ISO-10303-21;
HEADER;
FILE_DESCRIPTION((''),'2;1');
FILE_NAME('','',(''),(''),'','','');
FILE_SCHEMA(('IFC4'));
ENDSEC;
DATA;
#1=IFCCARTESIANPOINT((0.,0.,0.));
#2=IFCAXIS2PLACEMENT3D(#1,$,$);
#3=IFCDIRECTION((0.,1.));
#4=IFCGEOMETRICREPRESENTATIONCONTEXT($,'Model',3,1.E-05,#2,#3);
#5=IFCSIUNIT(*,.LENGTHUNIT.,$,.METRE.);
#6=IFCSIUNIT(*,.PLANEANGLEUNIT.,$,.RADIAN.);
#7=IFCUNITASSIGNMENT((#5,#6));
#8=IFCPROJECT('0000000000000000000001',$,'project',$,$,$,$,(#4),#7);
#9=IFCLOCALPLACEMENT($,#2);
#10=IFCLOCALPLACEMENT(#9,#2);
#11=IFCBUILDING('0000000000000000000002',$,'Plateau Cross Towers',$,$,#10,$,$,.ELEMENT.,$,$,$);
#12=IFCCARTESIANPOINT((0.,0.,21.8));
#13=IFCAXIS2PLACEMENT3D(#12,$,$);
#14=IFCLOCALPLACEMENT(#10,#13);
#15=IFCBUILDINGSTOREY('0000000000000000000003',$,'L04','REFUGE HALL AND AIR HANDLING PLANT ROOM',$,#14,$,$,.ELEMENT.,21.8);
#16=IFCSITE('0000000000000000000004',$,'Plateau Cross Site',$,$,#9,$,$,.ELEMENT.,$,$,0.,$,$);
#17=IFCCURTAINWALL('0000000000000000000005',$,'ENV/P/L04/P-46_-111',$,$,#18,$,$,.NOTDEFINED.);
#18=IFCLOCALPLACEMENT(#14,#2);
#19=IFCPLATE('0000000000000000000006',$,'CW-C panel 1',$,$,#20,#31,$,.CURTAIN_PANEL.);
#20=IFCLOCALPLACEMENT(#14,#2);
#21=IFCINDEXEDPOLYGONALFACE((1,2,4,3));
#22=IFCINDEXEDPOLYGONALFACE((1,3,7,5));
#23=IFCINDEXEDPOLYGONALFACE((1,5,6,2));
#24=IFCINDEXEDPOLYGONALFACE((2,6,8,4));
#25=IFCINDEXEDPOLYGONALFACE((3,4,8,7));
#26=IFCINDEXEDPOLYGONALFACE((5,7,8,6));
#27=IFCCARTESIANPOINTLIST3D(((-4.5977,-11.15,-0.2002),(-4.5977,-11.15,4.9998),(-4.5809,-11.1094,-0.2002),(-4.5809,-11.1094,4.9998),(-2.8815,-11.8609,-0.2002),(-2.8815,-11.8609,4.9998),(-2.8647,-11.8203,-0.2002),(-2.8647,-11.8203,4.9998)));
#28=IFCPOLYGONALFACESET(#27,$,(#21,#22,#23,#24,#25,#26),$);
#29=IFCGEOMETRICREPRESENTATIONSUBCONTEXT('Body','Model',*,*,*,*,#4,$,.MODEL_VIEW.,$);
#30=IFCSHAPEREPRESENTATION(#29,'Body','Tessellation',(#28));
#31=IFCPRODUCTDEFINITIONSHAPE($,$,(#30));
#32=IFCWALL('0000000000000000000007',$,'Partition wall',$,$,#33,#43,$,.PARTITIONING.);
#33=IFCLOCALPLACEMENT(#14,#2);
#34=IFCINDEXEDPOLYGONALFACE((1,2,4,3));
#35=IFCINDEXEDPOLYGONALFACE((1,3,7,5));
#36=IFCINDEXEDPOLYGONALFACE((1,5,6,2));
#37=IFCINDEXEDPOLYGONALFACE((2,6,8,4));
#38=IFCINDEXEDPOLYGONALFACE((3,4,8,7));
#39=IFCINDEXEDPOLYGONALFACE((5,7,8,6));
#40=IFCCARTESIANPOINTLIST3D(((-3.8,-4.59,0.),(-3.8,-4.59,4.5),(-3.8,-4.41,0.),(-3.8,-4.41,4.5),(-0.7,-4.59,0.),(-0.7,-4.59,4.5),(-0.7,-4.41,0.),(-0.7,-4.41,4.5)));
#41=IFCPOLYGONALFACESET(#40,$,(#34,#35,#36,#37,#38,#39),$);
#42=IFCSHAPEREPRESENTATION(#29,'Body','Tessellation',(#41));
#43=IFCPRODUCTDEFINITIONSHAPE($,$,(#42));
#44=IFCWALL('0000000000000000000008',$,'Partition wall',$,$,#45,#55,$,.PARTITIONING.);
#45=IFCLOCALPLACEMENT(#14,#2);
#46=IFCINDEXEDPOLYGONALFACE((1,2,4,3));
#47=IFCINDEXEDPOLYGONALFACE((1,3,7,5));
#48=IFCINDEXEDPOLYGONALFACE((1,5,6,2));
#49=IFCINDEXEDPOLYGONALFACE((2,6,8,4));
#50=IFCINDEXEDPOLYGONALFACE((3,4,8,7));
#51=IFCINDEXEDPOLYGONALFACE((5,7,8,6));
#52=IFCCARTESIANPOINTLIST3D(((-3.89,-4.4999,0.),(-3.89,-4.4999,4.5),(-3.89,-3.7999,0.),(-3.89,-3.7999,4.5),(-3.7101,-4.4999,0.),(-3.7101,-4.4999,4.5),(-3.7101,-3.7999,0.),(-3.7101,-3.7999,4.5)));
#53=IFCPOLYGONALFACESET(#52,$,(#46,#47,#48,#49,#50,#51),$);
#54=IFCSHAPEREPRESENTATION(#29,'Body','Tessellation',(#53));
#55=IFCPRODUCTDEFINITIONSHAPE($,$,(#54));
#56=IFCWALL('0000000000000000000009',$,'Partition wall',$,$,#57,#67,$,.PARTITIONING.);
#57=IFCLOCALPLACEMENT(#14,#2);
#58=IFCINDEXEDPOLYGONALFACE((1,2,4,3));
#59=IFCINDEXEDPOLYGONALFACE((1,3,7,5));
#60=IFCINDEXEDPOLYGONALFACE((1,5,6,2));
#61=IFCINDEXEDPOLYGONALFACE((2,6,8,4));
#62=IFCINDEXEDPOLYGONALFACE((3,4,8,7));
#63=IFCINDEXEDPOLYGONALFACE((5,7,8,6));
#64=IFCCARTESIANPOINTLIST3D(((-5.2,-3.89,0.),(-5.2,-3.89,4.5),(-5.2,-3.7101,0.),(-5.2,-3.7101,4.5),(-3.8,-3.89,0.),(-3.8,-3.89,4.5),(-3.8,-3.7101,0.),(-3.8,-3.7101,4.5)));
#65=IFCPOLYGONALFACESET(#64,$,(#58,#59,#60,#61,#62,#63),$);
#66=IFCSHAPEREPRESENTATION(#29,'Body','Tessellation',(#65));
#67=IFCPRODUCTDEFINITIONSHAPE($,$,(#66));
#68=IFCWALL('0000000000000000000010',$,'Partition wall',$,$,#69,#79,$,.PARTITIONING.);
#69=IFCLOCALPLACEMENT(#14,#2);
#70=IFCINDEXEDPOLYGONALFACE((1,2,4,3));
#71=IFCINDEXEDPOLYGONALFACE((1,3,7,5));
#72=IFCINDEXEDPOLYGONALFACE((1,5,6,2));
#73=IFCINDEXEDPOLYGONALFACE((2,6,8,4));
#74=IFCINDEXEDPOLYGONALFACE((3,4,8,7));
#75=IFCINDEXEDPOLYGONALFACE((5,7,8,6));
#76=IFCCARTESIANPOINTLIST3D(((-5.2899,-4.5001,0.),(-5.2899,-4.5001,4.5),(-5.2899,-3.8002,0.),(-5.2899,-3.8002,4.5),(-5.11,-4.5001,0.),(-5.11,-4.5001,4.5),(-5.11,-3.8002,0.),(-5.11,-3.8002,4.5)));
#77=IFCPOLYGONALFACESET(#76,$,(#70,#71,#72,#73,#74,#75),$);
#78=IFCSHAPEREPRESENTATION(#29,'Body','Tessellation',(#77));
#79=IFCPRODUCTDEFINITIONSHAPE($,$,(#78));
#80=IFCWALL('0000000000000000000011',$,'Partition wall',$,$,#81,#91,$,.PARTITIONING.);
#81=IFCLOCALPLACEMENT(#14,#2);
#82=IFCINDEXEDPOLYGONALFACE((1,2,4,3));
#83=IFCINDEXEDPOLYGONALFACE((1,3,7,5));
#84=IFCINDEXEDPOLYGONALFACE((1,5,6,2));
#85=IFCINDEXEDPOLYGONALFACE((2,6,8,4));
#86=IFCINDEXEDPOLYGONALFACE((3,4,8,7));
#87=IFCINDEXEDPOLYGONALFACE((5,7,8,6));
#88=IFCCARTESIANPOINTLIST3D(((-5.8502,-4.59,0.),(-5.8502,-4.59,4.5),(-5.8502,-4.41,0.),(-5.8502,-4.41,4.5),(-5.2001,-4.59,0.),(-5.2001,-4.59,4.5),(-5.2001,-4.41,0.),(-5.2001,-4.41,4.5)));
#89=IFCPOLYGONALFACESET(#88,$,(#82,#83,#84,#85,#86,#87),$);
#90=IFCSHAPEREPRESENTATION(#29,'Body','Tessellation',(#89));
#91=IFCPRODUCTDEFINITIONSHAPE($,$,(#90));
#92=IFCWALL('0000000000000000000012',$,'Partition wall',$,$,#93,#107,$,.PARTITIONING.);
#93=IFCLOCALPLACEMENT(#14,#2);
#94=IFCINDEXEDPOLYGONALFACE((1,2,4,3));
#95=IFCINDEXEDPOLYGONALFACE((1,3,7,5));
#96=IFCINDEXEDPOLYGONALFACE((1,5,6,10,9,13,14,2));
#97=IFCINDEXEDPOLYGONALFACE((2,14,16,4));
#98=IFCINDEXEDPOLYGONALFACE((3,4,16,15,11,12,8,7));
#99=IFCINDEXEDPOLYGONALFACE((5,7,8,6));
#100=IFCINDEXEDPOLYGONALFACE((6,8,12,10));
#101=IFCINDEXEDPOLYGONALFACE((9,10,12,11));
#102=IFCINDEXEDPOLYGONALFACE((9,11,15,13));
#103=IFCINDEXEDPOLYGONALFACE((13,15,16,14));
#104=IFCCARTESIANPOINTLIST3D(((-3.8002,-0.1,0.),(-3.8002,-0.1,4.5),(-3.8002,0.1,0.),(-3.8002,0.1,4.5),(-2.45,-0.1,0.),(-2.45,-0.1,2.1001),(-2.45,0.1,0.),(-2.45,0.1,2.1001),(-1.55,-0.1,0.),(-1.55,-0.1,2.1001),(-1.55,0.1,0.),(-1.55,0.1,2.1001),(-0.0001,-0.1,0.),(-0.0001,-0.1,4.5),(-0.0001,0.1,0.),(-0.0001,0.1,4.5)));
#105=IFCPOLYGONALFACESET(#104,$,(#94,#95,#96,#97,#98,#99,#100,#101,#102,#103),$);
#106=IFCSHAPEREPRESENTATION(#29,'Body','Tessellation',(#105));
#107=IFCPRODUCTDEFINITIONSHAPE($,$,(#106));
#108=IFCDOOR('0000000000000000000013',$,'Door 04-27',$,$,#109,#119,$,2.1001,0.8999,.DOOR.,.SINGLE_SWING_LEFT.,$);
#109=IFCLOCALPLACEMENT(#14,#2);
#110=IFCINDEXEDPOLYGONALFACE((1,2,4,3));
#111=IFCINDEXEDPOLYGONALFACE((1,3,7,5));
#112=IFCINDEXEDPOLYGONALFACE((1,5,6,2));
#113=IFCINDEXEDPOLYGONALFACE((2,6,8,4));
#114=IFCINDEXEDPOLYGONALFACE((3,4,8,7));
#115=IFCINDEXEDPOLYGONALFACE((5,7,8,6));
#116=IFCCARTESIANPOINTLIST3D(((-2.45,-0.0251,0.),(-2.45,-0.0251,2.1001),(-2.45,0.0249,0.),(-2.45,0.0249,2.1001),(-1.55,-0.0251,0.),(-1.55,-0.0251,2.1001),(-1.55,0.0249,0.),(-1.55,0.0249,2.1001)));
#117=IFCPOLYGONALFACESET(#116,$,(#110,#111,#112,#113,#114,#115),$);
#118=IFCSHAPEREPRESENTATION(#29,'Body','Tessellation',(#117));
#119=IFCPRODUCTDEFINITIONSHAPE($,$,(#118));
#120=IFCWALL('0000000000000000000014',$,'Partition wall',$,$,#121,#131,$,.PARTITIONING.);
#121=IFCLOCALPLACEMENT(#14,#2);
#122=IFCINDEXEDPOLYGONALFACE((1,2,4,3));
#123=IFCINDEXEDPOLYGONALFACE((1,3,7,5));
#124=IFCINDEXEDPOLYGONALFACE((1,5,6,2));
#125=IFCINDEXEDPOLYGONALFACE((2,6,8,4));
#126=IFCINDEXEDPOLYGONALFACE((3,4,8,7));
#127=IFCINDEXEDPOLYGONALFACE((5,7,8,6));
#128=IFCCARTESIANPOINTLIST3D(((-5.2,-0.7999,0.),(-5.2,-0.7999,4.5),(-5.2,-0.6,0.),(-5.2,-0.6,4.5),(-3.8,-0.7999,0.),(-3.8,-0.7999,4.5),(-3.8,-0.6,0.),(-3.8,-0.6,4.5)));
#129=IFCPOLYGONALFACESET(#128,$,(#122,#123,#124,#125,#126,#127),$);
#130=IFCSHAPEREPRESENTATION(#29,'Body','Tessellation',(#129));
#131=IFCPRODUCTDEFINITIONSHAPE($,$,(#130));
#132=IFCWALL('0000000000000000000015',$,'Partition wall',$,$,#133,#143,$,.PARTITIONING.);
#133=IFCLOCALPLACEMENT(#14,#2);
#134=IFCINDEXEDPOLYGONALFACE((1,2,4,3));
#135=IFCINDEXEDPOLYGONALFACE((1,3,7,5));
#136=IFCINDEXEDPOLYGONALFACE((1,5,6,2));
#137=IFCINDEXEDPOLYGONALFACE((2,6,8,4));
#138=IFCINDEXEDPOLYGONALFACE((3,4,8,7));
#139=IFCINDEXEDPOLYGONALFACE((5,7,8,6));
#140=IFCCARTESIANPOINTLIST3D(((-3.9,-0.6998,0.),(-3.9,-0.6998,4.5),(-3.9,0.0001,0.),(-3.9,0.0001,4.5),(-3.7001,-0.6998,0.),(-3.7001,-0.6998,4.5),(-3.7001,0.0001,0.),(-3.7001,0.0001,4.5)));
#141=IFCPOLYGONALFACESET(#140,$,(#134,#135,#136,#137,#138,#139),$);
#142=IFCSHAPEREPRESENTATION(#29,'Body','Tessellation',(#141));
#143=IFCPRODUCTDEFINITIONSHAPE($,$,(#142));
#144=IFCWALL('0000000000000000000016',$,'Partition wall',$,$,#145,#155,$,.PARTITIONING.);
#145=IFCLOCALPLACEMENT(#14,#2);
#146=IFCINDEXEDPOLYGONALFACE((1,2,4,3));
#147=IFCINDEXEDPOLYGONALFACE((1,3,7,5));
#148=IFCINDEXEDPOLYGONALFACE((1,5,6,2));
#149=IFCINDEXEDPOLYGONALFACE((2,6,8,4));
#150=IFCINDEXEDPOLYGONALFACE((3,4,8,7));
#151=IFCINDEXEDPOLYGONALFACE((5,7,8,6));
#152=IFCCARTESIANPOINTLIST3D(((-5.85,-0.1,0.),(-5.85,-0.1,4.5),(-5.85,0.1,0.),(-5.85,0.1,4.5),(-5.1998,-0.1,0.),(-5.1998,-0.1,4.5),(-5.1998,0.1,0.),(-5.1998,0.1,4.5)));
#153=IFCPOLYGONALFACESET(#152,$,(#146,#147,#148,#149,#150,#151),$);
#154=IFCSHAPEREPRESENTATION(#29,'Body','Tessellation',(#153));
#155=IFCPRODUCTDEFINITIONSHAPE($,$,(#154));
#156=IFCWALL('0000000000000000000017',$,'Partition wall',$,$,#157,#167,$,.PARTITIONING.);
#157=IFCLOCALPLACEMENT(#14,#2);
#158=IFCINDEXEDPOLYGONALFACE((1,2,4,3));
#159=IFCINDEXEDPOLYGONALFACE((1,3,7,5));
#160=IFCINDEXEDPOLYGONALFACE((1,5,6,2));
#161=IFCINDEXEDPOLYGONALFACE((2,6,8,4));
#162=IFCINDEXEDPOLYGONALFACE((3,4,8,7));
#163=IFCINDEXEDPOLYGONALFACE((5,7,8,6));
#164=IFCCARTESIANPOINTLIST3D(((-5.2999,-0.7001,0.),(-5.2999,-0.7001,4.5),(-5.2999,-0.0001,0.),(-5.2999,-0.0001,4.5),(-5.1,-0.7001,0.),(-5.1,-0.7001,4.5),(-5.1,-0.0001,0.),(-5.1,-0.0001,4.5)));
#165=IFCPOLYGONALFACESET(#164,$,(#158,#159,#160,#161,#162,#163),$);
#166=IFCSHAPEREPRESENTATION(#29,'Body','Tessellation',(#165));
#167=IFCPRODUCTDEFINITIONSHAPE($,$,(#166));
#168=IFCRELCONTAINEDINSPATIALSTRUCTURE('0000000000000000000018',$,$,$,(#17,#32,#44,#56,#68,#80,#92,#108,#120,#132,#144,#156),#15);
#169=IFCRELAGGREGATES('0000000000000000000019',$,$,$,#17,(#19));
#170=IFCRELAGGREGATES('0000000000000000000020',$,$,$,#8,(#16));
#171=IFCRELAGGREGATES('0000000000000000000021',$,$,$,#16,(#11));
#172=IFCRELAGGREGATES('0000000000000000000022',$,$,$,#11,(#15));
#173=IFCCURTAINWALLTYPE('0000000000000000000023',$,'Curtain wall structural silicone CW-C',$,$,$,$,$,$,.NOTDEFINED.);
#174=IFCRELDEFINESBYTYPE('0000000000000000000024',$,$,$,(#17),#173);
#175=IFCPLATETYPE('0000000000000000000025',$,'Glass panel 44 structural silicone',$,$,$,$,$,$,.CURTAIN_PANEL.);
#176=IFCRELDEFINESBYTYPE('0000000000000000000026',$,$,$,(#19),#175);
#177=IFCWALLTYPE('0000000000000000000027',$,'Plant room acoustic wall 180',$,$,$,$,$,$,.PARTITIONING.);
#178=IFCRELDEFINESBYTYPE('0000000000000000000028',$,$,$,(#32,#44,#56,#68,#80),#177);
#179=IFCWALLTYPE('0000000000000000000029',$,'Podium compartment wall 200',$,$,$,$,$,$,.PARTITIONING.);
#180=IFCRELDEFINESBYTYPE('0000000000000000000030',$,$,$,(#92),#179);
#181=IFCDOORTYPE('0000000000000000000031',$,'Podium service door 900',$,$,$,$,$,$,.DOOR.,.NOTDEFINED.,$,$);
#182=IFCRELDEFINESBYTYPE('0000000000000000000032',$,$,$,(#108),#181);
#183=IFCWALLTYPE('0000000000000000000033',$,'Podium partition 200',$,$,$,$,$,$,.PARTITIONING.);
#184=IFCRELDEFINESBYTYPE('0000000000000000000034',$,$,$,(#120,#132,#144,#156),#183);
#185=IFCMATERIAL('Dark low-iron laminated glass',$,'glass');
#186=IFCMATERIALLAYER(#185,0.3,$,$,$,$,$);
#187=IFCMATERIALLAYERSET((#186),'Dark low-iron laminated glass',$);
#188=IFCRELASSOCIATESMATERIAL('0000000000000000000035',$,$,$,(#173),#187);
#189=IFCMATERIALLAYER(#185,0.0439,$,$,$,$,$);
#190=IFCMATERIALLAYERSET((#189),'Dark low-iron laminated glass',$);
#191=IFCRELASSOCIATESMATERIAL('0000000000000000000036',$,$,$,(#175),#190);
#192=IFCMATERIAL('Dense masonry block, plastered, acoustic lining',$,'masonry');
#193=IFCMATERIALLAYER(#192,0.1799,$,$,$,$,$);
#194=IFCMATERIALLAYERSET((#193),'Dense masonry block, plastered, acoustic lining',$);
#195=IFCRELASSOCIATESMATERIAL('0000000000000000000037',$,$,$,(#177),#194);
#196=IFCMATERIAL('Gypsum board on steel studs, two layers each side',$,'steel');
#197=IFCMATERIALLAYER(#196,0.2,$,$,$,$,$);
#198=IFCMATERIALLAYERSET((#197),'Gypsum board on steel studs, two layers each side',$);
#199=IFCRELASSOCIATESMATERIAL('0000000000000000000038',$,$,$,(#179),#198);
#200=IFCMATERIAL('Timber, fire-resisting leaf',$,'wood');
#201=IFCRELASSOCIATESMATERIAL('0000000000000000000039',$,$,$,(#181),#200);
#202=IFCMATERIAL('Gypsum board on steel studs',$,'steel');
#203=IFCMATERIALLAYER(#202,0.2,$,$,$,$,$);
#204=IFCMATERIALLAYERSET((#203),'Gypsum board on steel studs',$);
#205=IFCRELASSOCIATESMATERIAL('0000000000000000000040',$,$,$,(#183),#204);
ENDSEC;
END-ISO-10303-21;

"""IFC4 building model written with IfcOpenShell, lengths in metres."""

from ifc_helpers import new_model, si_unit, direction, frame, frame_2d, origin, origin_2d, place, context, subcontext, project, spatial, rectangle, extrude, material, layer, layer_set, type_object, element, fill, aggregate, save


model = new_model("IFC4")

# Units and contexts
model_context = context("Model", 3, precision=1e-05, world=origin(), true_north=direction((0.0, 1.0)))
body_context = subcontext(model_context, "Body", "Model", "MODEL_VIEW")
ifc_project = project(units=[si_unit("LENGTHUNIT", "METRE"), si_unit("PLANEANGLEUNIT", "RADIAN")], contexts=[model_context])

# Site, building, storey
site_placement = place(None, origin())
site = spatial("IfcSite", under=ifc_project, at=site_placement, Name="Plateau Cross Site", CompositionType="ELEMENT", RefElevation=0.0)
building_placement = place(site_placement, origin())
building = spatial("IfcBuilding", under=site, at=building_placement, Name="Plateau Cross Towers", CompositionType="ELEMENT")
storey_placement = place(building_placement, frame((0.0, 0.0, 21.8)))
storey = spatial("IfcBuildingStorey", under=building, at=storey_placement, Name="L04", Description="REFUGE HALL AND AIR HANDLING PLANT ROOM", CompositionType="ELEMENT", Elevation=21.8)

# Shared definitions
ifc_material_1 = material(Name="Dark low-iron laminated glass", Category="glass")
ifc_layer_1 = layer(ifc_material_1, 0.3)
ifc_layer_set_1 = layer_set([ifc_layer_1], Name="Dark low-iron laminated glass")
curtain_wall_type = type_object("IfcCurtainWallType", Name="Curtain wall structural silicone CW-C", PredefinedType="NOTDEFINED", material=ifc_layer_set_1)

# Curtain wall
curtain_wall_1_placement = place(storey_placement, origin())
curtain_wall_1 = element("IfcCurtainWall", 1, at=curtain_wall_1_placement, inside=storey, type_object=curtain_wall_type, Name="ENV/P/L04/P-46_-111", PredefinedType="NOTDEFINED")

# Plate
ifc_layer_2 = layer(ifc_material_1, 0.0439)
ifc_layer_set_2 = layer_set([ifc_layer_2], Name="Dark low-iron laminated glass")
plate_type = type_object("IfcPlateType", Name="Glass panel 44 structural silicone", PredefinedType="CURTAIN_PANEL", material=ifc_layer_set_2)
plate_1_placement = place(storey_placement, frame((-3.7312, -11.4851, -0.2002), z_axis=(0.0, 0.0, 1.0), x_axis=(0.923879, -0.382684, 0.0)))
plate_1 = element("IfcPlate", 2, at=plate_1_placement, type_object=plate_type, Name="CW-C panel 1", PredefinedType="CURTAIN_PANEL", context=body_context, shape_type="SweptSolid", body=[
    extrude(rectangle(XDim=1.8577, YDim=0.0439, at=origin_2d()), origin(), (0.0, 0.0, 1.0), 5.2),
])
aggregate(curtain_wall_1, [plate_1])

# Walls
ifc_material_2 = material(Name="Dense masonry block, plastered, acoustic lining", Category="masonry")
ifc_layer_3 = layer(ifc_material_2, 0.1799)
ifc_layer_set_3 = layer_set([ifc_layer_3], Name="Dense masonry block, plastered, acoustic lining")
wall_type_1 = type_object("IfcWallType", Name="Plant room acoustic wall 180", PredefinedType="PARTITIONING", material=ifc_layer_set_3)
wall_1_placement = place(storey_placement, frame((-0.7, -4.5, 0.0), z_axis=(0.0, 0.0, 1.0), x_axis=(-1.0, 0.0, 0.0)))
element("IfcWall", 3, at=wall_1_placement, inside=storey, type_object=wall_type_1, Name="Partition wall", PredefinedType="PARTITIONING", context=body_context, shape_type="SweptSolid", body=[
    extrude(rectangle(XDim=3.1001, YDim=0.1799, at=frame_2d((1.55, 0.0))), origin(), (0.0, 0.0, 1.0), 4.5),
])
wall_2_placement = place(storey_placement, frame((-3.8, -4.5, 0.0), z_axis=(0.0, 0.0, 1.0), x_axis=(0.0, 1.0, 0.0)))
element("IfcWall", 4, at=wall_2_placement, inside=storey, type_object=wall_type_1, Name="Partition wall", PredefinedType="PARTITIONING", context=body_context, shape_type="SweptSolid", body=[
    extrude(rectangle(XDim=0.7, YDim=0.1799, at=frame_2d((0.3501, 0.0))), origin(), (0.0, 0.0, 1.0), 4.5),
])
wall_3_placement = place(storey_placement, frame((-3.8, -3.8, 0.0), z_axis=(0.0, 0.0, 1.0), x_axis=(-1.0, 0.0, 0.0)))
element("IfcWall", 5, at=wall_3_placement, inside=storey, type_object=wall_type_1, Name="Partition wall", PredefinedType="PARTITIONING", context=body_context, shape_type="SweptSolid", body=[
    extrude(rectangle(XDim=1.3999, YDim=0.1799, at=frame_2d((0.7, 0.0))), origin(), (0.0, 0.0, 1.0), 4.5),
])
wall_4_placement = place(storey_placement, frame((-5.2, -3.8, 0.0), z_axis=(0.0, 0.0, 1.0), x_axis=(0.0, -1.0, 0.0)))
element("IfcWall", 6, at=wall_4_placement, inside=storey, type_object=wall_type_1, Name="Partition wall", PredefinedType="PARTITIONING", context=body_context, shape_type="SweptSolid", body=[
    extrude(rectangle(XDim=0.7, YDim=0.1799, at=frame_2d((0.3501, 0.0))), origin(), (0.0, 0.0, 1.0), 4.5),
])
wall_5_placement = place(storey_placement, frame((-5.2, -4.5, 0.0), z_axis=(0.0, 0.0, 1.0), x_axis=(-1.0, 0.0, 0.0)))
element("IfcWall", 7, at=wall_5_placement, inside=storey, type_object=wall_type_1, Name="Partition wall", PredefinedType="PARTITIONING", context=body_context, shape_type="SweptSolid", body=[
    extrude(rectangle(XDim=0.6501, YDim=0.1799, at=frame_2d((0.3252, 0.0))), origin(), (0.0, 0.0, 1.0), 4.5),
])

# Wall, opening, door
ifc_material_3 = material(Name="Gypsum board on steel studs, two layers each side", Category="steel")
ifc_layer_4 = layer(ifc_material_3, 0.2)
ifc_layer_set_4 = layer_set([ifc_layer_4], Name="Gypsum board on steel studs, two layers each side")
wall_type_2 = type_object("IfcWallType", Name="Podium compartment wall 200", PredefinedType="PARTITIONING", material=ifc_layer_set_4)
wall_6_placement = place(storey_placement, frame((-3.8, 0.0, 0.0), z_axis=(0.0, 0.0, 1.0), x_axis=(1.0, 0.0, 0.0)))
wall_6 = element("IfcWall", 8, at=wall_6_placement, inside=storey, type_object=wall_type_2, Name="Partition wall", PredefinedType="PARTITIONING", context=body_context, shape_type="SweptSolid", body=[
    extrude(rectangle(XDim=3.8, YDim=0.2, at=frame_2d((1.8999, 0.0))), origin(), (0.0, 0.0, 1.0), 4.5),
])
opening_placement = place(wall_6_placement, frame((1.3501, 0.0, 0.0)))
opening = element("IfcOpeningElement", 9, at=opening_placement, cuts=wall_6, PredefinedType="OPENING", context=body_context, shape_type="SweptSolid", body=[
    extrude(rectangle(XDim=0.8999, YDim=2.1001, at=frame_2d((0.45, 1.05))), frame((0.0, 0.1099, 0.0), z_axis=(0.0, -1.0, 0.0), x_axis=(1.0, 0.0, 0.0)), (0.0, 0.0, 1.0), 0.22),
])
ifc_material_4 = material(Name="Timber, fire-resisting leaf", Category="wood")
door_type = type_object("IfcDoorType", Name="Podium service door 900", OperationType="NOTDEFINED", PredefinedType="DOOR", material=ifc_material_4)
door_placement = place(opening_placement, origin())
door = element("IfcDoor", 10, at=door_placement, inside=storey, type_object=door_type, Name="Door 04-27", OperationType="SINGLE_SWING_LEFT", OverallHeight=2.1001, OverallWidth=0.8999, PredefinedType="DOOR", context=body_context, shape_type="SweptSolid", body=[
    extrude(rectangle(XDim=0.8999, YDim=2.1001, at=frame_2d((0.45, 1.05))), frame((0.0, 0.0249, 0.0), z_axis=(0.0, -1.0, 0.0), x_axis=(1.0, 0.0, 0.0)), (0.0, 0.0, 1.0), 0.05),
])
fill(opening, door)

# Walls
ifc_material_5 = material(Name="Gypsum board on steel studs", Category="steel")
ifc_layer_5 = layer(ifc_material_5, 0.2)
ifc_layer_set_5 = layer_set([ifc_layer_5], Name="Gypsum board on steel studs")
wall_type_3 = type_object("IfcWallType", Name="Podium partition 200", PredefinedType="PARTITIONING", material=ifc_layer_set_5)
wall_7_placement = place(storey_placement, frame((-5.2, -0.7, 0.0), z_axis=(0.0, 0.0, 1.0), x_axis=(1.0, 0.0, 0.0)))
element("IfcWall", 11, at=wall_7_placement, inside=storey, type_object=wall_type_3, Name="Partition wall", PredefinedType="PARTITIONING", context=body_context, shape_type="SweptSolid", body=[
    extrude(rectangle(XDim=1.3999, YDim=0.2, at=frame_2d((0.7, 0.0))), origin(), (0.0, 0.0, 1.0), 4.5),
])
wall_8_placement = place(storey_placement, frame((-3.8, -0.7, 0.0), z_axis=(0.0, 0.0, 1.0), x_axis=(0.0, 1.0, 0.0)))
element("IfcWall", 12, at=wall_8_placement, inside=storey, type_object=wall_type_3, Name="Partition wall", PredefinedType="PARTITIONING", context=body_context, shape_type="SweptSolid", body=[
    extrude(rectangle(XDim=0.7, YDim=0.2, at=frame_2d((0.3501, 0.0))), origin(), (0.0, 0.0, 1.0), 4.5),
])
wall_9_placement = place(storey_placement, frame((-5.8501, 0.0, 0.0), z_axis=(0.0, 0.0, 1.0), x_axis=(1.0, 0.0, 0.0)))
element("IfcWall", 13, at=wall_9_placement, inside=storey, type_object=wall_type_3, Name="Partition wall", PredefinedType="PARTITIONING", context=body_context, shape_type="SweptSolid", body=[
    extrude(rectangle(XDim=0.6501, YDim=0.2, at=frame_2d((0.3252, 0.0))), origin(), (0.0, 0.0, 1.0), 4.5),
])
wall_10_placement = place(storey_placement, frame((-5.2, 0.0, 0.0), z_axis=(0.0, 0.0, 1.0), x_axis=(0.0, -1.0, 0.0)))
element("IfcWall", 14, at=wall_10_placement, inside=storey, type_object=wall_type_3, Name="Partition wall", PredefinedType="PARTITIONING", context=body_context, shape_type="SweptSolid", body=[
    extrude(rectangle(XDim=0.7, YDim=0.2, at=frame_2d((0.3501, 0.0))), origin(), (0.0, 0.0, 1.0), 4.5),
])

save(model, "model.ifc")
